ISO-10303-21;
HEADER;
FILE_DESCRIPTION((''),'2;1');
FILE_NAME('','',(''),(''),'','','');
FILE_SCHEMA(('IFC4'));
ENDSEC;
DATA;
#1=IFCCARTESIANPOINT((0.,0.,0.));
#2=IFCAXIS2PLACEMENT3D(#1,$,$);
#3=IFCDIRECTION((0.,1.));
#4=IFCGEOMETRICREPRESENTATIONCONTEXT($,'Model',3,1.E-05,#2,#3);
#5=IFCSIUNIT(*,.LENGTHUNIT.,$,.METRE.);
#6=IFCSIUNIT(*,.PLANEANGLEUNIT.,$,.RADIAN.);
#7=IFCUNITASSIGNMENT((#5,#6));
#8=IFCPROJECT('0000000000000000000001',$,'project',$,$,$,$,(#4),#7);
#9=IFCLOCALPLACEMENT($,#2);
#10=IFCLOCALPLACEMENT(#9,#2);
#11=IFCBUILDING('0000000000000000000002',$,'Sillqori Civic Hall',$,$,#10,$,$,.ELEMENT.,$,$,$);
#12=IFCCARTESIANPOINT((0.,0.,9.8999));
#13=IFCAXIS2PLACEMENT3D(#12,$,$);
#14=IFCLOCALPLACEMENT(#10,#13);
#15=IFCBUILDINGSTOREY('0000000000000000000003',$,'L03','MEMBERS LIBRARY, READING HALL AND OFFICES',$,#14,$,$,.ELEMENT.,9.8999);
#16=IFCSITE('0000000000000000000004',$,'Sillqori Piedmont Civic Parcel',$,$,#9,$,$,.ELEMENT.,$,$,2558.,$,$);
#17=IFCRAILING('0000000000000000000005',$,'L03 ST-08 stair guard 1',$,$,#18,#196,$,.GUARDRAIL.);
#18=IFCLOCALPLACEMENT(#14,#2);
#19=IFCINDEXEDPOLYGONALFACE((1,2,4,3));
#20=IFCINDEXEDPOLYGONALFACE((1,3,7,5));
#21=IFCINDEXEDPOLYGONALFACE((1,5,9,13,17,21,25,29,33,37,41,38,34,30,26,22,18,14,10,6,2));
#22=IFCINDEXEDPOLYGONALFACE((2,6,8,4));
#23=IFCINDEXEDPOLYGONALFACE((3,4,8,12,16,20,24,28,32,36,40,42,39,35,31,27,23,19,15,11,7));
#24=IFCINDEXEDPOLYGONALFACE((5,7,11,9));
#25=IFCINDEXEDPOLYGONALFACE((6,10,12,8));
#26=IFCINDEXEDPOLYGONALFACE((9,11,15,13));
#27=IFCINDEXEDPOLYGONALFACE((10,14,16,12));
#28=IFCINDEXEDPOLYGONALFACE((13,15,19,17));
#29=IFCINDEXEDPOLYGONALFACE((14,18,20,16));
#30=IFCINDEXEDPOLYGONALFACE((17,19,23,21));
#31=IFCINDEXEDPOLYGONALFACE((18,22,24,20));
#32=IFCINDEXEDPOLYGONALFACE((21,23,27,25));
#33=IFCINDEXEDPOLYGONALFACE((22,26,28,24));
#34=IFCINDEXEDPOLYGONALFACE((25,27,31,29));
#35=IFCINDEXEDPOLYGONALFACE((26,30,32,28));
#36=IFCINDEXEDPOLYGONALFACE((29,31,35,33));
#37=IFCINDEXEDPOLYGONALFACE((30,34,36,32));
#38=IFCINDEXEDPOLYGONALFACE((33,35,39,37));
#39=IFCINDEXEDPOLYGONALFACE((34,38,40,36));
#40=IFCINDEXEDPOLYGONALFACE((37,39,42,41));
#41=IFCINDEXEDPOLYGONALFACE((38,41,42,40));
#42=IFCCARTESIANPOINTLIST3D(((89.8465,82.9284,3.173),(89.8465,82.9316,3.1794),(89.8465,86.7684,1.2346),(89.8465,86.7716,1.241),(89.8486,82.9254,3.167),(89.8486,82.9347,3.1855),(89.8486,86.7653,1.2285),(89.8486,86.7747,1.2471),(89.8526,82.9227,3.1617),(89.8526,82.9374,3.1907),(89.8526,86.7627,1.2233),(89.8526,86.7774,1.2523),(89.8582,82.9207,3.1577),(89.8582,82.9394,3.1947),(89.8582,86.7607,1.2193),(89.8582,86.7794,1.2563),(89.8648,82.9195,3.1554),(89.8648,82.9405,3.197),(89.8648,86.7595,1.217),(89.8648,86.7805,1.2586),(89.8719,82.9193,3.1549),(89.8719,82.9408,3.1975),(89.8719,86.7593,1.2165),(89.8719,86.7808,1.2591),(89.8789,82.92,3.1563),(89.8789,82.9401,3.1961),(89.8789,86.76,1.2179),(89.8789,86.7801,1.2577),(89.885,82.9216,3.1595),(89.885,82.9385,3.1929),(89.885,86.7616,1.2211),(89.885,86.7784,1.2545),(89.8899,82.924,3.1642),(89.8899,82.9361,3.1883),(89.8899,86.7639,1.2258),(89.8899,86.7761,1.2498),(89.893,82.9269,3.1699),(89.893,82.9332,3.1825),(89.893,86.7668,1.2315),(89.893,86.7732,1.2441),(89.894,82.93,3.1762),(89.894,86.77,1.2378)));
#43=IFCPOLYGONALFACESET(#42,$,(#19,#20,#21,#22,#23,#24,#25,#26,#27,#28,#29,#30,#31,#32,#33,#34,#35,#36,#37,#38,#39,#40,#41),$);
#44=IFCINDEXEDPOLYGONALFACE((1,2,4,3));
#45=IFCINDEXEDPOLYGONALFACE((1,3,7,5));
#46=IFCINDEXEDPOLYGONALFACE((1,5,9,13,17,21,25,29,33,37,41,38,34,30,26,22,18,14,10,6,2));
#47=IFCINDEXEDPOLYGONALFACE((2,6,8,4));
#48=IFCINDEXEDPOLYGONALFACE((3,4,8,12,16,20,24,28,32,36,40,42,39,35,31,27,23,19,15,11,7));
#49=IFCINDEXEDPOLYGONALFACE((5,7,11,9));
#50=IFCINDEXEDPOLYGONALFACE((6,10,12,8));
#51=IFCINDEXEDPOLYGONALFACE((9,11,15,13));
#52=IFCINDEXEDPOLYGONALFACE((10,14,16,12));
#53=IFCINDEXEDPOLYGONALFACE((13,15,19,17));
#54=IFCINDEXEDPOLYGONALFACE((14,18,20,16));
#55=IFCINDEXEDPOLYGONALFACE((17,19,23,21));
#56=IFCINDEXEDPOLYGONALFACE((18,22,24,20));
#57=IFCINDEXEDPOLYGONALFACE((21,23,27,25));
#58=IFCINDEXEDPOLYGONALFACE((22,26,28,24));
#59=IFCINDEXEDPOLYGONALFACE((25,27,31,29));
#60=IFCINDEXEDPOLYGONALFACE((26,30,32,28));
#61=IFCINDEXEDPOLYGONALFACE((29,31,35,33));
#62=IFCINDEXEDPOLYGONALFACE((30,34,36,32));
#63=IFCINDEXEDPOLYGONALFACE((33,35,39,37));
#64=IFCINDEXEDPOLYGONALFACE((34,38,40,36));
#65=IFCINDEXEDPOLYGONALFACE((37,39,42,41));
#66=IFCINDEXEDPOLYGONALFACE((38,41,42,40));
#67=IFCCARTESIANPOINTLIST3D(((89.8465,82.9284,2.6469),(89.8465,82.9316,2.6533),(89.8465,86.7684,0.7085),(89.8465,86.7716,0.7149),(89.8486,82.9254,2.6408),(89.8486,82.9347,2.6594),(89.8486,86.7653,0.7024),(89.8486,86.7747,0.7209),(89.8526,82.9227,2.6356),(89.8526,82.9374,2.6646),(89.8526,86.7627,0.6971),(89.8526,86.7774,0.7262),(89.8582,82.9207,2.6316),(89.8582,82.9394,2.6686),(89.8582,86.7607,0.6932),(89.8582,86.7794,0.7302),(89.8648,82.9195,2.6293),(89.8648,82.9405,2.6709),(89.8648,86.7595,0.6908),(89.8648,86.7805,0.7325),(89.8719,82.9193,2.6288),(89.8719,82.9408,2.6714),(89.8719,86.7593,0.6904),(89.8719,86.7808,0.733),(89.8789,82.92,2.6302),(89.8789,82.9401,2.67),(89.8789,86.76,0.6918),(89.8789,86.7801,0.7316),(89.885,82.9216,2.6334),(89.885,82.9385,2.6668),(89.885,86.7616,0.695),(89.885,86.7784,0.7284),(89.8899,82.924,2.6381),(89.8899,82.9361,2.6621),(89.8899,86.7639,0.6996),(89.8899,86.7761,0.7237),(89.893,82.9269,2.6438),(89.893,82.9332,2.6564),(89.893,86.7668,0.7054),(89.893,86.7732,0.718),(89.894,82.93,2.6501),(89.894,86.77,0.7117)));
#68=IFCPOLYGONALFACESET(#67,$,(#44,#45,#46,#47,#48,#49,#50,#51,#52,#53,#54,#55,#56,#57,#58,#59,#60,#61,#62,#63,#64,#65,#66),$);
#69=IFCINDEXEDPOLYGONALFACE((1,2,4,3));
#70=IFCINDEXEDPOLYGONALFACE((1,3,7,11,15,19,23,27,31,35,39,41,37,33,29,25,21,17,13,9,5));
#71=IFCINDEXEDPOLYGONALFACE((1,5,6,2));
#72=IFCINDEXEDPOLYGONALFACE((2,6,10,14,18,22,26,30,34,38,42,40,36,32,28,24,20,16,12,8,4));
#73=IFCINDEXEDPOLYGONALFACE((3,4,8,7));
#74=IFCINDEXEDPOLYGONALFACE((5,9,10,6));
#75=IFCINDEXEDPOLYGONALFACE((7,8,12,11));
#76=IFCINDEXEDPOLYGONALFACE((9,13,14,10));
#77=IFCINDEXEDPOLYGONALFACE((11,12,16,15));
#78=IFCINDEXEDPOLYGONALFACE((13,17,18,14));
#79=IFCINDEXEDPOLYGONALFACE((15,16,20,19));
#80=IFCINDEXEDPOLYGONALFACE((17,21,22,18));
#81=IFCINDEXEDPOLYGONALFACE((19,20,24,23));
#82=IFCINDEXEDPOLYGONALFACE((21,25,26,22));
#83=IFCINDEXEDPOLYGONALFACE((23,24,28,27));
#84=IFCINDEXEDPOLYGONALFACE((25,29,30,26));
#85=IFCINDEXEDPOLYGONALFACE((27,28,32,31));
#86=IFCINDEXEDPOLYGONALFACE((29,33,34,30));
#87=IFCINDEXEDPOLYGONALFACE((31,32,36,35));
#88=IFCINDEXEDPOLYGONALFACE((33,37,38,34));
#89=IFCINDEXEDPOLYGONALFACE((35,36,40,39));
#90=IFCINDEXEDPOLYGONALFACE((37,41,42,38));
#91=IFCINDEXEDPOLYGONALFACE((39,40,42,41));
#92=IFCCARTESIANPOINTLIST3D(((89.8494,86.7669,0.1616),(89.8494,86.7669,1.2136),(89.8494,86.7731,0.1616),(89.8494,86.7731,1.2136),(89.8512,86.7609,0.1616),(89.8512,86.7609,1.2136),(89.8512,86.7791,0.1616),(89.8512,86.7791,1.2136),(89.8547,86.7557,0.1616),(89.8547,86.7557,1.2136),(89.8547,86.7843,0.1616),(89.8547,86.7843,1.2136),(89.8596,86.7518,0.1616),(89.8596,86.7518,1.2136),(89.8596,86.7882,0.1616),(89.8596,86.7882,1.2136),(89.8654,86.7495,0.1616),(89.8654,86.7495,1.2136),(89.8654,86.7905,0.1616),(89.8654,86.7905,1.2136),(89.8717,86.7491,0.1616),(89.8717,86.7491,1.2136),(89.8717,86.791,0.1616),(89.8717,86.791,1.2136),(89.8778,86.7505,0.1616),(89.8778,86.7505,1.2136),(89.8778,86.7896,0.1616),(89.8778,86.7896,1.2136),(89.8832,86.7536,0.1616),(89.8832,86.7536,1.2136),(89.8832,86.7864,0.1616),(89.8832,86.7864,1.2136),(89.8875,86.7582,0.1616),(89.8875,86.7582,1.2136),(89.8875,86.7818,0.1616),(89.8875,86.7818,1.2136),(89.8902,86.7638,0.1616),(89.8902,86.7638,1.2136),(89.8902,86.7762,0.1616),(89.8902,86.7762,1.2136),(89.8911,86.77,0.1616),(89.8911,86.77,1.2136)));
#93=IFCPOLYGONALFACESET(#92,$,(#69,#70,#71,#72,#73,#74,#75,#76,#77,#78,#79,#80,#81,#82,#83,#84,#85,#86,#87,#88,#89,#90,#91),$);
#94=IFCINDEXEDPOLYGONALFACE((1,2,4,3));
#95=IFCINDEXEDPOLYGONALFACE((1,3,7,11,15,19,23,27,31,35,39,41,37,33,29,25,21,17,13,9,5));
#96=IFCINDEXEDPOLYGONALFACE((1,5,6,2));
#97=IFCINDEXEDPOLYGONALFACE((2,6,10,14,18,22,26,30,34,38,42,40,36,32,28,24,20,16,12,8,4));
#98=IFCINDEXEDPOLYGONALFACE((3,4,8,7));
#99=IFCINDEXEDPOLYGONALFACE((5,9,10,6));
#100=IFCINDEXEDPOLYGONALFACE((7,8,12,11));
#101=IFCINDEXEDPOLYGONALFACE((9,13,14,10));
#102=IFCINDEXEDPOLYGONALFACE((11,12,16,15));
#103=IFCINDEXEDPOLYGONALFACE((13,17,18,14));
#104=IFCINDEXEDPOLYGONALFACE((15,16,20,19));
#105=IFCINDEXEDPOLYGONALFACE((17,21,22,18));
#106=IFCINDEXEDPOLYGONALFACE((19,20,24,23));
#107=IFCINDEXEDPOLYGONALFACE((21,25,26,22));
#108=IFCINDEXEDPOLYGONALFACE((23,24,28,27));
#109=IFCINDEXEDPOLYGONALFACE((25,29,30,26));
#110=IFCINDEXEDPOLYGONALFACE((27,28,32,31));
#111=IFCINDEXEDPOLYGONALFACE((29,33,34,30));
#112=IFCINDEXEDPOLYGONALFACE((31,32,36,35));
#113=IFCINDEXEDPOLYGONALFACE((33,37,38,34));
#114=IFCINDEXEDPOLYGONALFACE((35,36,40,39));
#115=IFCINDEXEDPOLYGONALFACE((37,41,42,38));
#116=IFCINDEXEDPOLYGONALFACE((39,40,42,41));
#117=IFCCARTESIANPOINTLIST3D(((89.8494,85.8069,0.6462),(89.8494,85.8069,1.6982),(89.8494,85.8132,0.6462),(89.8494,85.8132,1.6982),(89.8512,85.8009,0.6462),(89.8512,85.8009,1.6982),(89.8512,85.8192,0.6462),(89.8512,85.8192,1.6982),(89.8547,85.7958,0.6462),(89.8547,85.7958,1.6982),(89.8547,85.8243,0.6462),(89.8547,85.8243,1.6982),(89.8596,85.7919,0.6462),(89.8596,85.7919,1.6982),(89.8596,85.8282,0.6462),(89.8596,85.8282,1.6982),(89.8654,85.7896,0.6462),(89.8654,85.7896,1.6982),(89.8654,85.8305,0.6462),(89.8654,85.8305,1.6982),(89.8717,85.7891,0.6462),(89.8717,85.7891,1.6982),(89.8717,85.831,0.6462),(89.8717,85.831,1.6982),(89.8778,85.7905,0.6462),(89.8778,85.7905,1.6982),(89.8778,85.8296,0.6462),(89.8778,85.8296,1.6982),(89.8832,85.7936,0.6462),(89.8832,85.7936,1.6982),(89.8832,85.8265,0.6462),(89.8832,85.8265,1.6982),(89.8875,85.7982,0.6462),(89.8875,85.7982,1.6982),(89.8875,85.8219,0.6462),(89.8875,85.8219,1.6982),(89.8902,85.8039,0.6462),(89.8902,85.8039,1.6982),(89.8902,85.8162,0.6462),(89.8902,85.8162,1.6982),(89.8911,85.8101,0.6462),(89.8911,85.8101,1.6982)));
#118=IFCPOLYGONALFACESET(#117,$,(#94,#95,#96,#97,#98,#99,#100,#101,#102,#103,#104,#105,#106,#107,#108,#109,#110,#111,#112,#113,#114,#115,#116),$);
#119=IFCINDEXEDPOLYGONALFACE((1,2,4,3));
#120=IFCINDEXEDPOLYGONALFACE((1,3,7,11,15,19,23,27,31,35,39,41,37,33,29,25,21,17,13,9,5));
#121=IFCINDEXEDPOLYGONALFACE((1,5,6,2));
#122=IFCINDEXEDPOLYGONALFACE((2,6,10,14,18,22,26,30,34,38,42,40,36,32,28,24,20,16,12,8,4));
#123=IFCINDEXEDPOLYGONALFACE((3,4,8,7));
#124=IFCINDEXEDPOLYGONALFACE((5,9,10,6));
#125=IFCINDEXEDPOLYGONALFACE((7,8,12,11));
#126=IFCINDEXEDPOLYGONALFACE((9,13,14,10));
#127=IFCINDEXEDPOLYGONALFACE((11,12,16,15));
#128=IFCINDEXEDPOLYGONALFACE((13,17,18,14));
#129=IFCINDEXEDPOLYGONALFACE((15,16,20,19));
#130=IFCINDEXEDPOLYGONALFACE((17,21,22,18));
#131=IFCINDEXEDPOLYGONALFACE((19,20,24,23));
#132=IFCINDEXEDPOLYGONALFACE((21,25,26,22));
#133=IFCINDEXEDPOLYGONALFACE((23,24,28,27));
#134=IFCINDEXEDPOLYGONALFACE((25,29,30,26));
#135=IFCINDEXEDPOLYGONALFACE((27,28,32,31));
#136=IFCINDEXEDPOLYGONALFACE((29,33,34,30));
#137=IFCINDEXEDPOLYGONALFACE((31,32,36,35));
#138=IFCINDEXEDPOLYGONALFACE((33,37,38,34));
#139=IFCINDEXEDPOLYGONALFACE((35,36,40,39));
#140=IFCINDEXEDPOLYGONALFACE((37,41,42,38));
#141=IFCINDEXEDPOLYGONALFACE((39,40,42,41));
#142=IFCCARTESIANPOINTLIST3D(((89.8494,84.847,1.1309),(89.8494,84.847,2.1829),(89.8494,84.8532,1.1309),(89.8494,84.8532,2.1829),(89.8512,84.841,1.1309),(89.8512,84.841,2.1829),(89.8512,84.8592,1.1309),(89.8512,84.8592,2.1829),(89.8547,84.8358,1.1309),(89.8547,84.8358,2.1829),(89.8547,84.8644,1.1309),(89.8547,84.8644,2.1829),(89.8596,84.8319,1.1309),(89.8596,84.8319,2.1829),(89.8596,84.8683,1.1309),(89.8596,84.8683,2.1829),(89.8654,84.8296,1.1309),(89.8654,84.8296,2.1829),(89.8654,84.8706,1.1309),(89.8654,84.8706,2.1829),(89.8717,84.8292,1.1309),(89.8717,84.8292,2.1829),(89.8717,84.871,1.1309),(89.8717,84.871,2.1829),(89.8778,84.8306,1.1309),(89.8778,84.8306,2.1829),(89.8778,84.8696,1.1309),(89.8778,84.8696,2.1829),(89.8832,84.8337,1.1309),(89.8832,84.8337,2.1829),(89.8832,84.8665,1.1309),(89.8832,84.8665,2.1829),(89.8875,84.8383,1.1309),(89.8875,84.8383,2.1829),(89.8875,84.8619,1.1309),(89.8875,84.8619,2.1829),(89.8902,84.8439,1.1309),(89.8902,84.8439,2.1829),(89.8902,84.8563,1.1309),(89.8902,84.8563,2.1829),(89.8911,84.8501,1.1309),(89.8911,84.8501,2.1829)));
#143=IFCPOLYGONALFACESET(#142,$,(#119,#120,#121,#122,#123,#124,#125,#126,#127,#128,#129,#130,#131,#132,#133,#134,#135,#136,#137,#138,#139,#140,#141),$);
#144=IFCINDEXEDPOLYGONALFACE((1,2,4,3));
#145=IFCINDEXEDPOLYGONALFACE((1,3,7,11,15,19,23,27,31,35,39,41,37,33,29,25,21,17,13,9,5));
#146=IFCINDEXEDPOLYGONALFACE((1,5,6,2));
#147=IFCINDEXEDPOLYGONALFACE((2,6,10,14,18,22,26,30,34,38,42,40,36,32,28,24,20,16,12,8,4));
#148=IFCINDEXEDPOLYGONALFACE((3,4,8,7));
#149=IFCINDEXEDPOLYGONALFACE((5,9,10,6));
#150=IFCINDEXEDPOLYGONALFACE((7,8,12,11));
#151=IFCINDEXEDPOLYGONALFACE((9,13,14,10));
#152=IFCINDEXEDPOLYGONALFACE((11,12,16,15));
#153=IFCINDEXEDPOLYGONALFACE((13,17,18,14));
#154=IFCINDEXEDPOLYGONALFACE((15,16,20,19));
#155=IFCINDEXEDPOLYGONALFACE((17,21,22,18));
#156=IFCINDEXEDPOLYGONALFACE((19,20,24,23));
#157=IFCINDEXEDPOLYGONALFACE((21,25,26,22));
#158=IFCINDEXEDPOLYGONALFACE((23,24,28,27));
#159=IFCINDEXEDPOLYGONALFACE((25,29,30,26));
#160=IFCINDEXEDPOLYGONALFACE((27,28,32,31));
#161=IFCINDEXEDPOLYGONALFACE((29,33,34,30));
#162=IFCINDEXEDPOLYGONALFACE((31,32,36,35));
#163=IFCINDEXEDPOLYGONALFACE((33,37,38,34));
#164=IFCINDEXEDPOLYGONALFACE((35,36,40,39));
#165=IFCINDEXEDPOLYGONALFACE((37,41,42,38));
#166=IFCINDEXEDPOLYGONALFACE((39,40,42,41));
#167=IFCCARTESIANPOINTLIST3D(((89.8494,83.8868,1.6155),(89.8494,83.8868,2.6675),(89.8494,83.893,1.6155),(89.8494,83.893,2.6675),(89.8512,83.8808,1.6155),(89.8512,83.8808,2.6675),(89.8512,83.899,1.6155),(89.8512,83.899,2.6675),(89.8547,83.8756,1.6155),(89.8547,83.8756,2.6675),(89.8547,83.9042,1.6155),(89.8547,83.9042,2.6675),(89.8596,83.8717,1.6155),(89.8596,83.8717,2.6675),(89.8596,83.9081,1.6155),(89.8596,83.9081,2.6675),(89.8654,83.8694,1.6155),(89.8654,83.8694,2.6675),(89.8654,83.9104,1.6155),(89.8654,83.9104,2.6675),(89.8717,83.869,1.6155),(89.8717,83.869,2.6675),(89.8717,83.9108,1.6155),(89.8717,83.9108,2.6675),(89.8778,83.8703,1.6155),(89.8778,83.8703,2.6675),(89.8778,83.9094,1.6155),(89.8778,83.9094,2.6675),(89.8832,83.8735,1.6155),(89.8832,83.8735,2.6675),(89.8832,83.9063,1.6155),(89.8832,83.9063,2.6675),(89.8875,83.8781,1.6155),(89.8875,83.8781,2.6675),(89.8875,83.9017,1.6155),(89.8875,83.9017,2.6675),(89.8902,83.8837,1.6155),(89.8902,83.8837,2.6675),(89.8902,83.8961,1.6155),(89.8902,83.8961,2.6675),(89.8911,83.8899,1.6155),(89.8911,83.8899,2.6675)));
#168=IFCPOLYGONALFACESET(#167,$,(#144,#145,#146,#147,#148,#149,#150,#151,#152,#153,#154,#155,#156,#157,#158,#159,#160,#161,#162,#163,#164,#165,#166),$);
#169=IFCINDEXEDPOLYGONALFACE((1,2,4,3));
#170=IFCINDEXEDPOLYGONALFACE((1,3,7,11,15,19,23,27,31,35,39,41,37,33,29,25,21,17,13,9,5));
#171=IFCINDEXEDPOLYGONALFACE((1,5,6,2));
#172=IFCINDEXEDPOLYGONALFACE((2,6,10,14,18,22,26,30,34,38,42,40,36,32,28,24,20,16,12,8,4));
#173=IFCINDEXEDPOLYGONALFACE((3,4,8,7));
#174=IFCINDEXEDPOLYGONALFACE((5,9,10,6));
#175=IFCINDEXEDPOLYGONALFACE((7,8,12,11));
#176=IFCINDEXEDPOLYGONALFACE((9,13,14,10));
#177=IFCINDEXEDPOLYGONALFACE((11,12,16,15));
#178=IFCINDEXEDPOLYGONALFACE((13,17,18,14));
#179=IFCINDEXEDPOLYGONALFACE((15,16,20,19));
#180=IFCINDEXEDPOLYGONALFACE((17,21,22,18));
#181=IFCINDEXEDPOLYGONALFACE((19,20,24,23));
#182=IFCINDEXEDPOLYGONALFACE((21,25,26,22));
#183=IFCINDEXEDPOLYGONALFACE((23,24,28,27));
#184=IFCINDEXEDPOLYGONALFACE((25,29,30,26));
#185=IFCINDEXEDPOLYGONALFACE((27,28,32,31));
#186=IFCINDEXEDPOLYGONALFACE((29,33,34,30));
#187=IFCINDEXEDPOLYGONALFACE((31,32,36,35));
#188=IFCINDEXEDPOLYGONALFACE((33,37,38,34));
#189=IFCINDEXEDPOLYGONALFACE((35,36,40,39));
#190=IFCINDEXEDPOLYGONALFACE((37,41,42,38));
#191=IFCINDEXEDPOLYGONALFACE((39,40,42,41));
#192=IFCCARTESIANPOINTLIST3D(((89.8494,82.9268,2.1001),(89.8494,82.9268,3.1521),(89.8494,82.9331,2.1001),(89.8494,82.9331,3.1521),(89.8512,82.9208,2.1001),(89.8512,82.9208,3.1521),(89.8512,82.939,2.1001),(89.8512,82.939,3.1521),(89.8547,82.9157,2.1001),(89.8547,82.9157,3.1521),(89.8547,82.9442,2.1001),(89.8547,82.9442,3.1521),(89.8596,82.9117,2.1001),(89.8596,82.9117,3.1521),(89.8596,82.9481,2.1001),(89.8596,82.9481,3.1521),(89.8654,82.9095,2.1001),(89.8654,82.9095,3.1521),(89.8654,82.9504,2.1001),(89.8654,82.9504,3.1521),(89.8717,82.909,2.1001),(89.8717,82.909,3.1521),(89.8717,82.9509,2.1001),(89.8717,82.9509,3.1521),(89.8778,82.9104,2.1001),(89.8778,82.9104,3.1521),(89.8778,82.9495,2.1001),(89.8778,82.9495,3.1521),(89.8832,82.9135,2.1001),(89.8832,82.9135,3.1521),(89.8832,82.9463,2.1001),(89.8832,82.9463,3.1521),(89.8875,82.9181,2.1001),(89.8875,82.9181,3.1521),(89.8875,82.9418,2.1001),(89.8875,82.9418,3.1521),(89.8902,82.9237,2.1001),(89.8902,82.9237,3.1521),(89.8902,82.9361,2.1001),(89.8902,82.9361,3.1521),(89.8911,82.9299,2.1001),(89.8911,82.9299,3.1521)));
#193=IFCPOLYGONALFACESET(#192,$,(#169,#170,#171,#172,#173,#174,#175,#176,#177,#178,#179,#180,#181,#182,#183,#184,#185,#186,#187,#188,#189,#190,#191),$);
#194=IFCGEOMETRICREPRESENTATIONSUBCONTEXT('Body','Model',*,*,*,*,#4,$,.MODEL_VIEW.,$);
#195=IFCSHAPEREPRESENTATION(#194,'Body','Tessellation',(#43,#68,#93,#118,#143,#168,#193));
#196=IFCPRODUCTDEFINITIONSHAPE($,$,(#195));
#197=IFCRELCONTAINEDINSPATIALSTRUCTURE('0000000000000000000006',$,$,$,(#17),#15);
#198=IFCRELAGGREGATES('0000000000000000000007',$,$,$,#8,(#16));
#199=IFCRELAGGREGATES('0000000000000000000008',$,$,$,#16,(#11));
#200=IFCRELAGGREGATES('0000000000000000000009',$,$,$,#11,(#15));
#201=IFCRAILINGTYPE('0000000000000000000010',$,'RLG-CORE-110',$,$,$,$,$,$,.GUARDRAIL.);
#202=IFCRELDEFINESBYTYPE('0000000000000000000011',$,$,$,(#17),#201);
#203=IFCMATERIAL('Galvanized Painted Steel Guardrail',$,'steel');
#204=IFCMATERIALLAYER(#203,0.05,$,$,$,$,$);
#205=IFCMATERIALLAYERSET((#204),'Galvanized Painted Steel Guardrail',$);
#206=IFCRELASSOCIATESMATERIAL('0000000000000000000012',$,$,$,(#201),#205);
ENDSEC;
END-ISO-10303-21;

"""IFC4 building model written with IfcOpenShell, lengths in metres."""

from ifc_helpers import new_model, si_unit, direction, frame, origin, origin_2d, place, context, subcontext, project, spatial, circle, extrude, material, layer, layer_set, type_object, element, save


model = new_model("IFC4")

# Units and contexts
model_context = context("Model", 3, precision=1e-05, world=origin(), true_north=direction((0.0, 1.0)))
body_context = subcontext(model_context, "Body", "Model", "MODEL_VIEW")
ifc_project = project(units=[si_unit("LENGTHUNIT", "METRE"), si_unit("PLANEANGLEUNIT", "RADIAN")], contexts=[model_context])

# Site, building, storey
site_placement = place(None, origin())
site = spatial("IfcSite", under=ifc_project, at=site_placement, Name="Sillqori Piedmont Civic Parcel", CompositionType="ELEMENT", RefElevation=2558.0)
building_placement = place(site_placement, origin())
building = spatial("IfcBuilding", under=site, at=building_placement, Name="Sillqori Civic Hall", CompositionType="ELEMENT")
storey_placement = place(building_placement, frame((0.0, 0.0, 9.8999)))
storey = spatial("IfcBuildingStorey", under=building, at=storey_placement, Name="L03", Description="MEMBERS LIBRARY, READING HALL AND OFFICES", CompositionType="ELEMENT", Elevation=9.8999)

# Railing
ifc_material_1 = material(Name="Galvanized Painted Steel Guardrail", Category="steel")
ifc_layer_1 = layer(ifc_material_1, 0.05)
ifc_layer_set_1 = layer_set([ifc_layer_1], Name="Galvanized Painted Steel Guardrail")
railing_type_1 = type_object("IfcRailingType", Name="RLG-CORE-110", PredefinedType="GUARDRAIL", material=ifc_layer_set_1)
railing_1_placement = place(storey_placement, frame((89.8701, 86.77, 0.1616)))
element("IfcRailing", 1, at=railing_1_placement, inside=storey, type_object=railing_type_1, Name="L03 ST-08 stair guard 1", PredefinedType="GUARDRAIL", context=body_context, shape_type="SweptSolid", body=[
    extrude(circle(Radius=0.0239, at=origin_2d()), frame((0.0, 0.0, 1.0762), z_axis=(0.0, -0.892707, 0.450638), x_axis=(1.0, 0.0, 0.0)), (0.0, 0.0, 1.0), 4.3015),
    extrude(circle(Radius=0.0239, at=origin_2d()), frame((0.0, 0.0, 0.55), z_axis=(0.0, -0.892707, 0.450638), x_axis=(1.0, 0.0, 0.0)), (0.0, 0.0, 1.0), 4.3015),
    extrude(circle(Radius=0.021, at=origin_2d()), origin(), (0.0, 0.0, 1.0), 1.052),
    extrude(circle(Radius=0.021, at=origin_2d()), frame((0.0, -0.96, 0.4846)), (0.0, 0.0, 1.0), 1.052),
    extrude(circle(Radius=0.021, at=origin_2d()), frame((0.0, -1.9199, 0.9692)), (0.0, 0.0, 1.0), 1.052),
    extrude(circle(Radius=0.021, at=origin_2d()), frame((0.0, -2.8801, 1.4539)), (0.0, 0.0, 1.0), 1.052),
    extrude(circle(Radius=0.021, at=origin_2d()), frame((0.0, -3.8401, 1.9385)), (0.0, 0.0, 1.0), 1.052),
])

save(model, "model.ifc")
